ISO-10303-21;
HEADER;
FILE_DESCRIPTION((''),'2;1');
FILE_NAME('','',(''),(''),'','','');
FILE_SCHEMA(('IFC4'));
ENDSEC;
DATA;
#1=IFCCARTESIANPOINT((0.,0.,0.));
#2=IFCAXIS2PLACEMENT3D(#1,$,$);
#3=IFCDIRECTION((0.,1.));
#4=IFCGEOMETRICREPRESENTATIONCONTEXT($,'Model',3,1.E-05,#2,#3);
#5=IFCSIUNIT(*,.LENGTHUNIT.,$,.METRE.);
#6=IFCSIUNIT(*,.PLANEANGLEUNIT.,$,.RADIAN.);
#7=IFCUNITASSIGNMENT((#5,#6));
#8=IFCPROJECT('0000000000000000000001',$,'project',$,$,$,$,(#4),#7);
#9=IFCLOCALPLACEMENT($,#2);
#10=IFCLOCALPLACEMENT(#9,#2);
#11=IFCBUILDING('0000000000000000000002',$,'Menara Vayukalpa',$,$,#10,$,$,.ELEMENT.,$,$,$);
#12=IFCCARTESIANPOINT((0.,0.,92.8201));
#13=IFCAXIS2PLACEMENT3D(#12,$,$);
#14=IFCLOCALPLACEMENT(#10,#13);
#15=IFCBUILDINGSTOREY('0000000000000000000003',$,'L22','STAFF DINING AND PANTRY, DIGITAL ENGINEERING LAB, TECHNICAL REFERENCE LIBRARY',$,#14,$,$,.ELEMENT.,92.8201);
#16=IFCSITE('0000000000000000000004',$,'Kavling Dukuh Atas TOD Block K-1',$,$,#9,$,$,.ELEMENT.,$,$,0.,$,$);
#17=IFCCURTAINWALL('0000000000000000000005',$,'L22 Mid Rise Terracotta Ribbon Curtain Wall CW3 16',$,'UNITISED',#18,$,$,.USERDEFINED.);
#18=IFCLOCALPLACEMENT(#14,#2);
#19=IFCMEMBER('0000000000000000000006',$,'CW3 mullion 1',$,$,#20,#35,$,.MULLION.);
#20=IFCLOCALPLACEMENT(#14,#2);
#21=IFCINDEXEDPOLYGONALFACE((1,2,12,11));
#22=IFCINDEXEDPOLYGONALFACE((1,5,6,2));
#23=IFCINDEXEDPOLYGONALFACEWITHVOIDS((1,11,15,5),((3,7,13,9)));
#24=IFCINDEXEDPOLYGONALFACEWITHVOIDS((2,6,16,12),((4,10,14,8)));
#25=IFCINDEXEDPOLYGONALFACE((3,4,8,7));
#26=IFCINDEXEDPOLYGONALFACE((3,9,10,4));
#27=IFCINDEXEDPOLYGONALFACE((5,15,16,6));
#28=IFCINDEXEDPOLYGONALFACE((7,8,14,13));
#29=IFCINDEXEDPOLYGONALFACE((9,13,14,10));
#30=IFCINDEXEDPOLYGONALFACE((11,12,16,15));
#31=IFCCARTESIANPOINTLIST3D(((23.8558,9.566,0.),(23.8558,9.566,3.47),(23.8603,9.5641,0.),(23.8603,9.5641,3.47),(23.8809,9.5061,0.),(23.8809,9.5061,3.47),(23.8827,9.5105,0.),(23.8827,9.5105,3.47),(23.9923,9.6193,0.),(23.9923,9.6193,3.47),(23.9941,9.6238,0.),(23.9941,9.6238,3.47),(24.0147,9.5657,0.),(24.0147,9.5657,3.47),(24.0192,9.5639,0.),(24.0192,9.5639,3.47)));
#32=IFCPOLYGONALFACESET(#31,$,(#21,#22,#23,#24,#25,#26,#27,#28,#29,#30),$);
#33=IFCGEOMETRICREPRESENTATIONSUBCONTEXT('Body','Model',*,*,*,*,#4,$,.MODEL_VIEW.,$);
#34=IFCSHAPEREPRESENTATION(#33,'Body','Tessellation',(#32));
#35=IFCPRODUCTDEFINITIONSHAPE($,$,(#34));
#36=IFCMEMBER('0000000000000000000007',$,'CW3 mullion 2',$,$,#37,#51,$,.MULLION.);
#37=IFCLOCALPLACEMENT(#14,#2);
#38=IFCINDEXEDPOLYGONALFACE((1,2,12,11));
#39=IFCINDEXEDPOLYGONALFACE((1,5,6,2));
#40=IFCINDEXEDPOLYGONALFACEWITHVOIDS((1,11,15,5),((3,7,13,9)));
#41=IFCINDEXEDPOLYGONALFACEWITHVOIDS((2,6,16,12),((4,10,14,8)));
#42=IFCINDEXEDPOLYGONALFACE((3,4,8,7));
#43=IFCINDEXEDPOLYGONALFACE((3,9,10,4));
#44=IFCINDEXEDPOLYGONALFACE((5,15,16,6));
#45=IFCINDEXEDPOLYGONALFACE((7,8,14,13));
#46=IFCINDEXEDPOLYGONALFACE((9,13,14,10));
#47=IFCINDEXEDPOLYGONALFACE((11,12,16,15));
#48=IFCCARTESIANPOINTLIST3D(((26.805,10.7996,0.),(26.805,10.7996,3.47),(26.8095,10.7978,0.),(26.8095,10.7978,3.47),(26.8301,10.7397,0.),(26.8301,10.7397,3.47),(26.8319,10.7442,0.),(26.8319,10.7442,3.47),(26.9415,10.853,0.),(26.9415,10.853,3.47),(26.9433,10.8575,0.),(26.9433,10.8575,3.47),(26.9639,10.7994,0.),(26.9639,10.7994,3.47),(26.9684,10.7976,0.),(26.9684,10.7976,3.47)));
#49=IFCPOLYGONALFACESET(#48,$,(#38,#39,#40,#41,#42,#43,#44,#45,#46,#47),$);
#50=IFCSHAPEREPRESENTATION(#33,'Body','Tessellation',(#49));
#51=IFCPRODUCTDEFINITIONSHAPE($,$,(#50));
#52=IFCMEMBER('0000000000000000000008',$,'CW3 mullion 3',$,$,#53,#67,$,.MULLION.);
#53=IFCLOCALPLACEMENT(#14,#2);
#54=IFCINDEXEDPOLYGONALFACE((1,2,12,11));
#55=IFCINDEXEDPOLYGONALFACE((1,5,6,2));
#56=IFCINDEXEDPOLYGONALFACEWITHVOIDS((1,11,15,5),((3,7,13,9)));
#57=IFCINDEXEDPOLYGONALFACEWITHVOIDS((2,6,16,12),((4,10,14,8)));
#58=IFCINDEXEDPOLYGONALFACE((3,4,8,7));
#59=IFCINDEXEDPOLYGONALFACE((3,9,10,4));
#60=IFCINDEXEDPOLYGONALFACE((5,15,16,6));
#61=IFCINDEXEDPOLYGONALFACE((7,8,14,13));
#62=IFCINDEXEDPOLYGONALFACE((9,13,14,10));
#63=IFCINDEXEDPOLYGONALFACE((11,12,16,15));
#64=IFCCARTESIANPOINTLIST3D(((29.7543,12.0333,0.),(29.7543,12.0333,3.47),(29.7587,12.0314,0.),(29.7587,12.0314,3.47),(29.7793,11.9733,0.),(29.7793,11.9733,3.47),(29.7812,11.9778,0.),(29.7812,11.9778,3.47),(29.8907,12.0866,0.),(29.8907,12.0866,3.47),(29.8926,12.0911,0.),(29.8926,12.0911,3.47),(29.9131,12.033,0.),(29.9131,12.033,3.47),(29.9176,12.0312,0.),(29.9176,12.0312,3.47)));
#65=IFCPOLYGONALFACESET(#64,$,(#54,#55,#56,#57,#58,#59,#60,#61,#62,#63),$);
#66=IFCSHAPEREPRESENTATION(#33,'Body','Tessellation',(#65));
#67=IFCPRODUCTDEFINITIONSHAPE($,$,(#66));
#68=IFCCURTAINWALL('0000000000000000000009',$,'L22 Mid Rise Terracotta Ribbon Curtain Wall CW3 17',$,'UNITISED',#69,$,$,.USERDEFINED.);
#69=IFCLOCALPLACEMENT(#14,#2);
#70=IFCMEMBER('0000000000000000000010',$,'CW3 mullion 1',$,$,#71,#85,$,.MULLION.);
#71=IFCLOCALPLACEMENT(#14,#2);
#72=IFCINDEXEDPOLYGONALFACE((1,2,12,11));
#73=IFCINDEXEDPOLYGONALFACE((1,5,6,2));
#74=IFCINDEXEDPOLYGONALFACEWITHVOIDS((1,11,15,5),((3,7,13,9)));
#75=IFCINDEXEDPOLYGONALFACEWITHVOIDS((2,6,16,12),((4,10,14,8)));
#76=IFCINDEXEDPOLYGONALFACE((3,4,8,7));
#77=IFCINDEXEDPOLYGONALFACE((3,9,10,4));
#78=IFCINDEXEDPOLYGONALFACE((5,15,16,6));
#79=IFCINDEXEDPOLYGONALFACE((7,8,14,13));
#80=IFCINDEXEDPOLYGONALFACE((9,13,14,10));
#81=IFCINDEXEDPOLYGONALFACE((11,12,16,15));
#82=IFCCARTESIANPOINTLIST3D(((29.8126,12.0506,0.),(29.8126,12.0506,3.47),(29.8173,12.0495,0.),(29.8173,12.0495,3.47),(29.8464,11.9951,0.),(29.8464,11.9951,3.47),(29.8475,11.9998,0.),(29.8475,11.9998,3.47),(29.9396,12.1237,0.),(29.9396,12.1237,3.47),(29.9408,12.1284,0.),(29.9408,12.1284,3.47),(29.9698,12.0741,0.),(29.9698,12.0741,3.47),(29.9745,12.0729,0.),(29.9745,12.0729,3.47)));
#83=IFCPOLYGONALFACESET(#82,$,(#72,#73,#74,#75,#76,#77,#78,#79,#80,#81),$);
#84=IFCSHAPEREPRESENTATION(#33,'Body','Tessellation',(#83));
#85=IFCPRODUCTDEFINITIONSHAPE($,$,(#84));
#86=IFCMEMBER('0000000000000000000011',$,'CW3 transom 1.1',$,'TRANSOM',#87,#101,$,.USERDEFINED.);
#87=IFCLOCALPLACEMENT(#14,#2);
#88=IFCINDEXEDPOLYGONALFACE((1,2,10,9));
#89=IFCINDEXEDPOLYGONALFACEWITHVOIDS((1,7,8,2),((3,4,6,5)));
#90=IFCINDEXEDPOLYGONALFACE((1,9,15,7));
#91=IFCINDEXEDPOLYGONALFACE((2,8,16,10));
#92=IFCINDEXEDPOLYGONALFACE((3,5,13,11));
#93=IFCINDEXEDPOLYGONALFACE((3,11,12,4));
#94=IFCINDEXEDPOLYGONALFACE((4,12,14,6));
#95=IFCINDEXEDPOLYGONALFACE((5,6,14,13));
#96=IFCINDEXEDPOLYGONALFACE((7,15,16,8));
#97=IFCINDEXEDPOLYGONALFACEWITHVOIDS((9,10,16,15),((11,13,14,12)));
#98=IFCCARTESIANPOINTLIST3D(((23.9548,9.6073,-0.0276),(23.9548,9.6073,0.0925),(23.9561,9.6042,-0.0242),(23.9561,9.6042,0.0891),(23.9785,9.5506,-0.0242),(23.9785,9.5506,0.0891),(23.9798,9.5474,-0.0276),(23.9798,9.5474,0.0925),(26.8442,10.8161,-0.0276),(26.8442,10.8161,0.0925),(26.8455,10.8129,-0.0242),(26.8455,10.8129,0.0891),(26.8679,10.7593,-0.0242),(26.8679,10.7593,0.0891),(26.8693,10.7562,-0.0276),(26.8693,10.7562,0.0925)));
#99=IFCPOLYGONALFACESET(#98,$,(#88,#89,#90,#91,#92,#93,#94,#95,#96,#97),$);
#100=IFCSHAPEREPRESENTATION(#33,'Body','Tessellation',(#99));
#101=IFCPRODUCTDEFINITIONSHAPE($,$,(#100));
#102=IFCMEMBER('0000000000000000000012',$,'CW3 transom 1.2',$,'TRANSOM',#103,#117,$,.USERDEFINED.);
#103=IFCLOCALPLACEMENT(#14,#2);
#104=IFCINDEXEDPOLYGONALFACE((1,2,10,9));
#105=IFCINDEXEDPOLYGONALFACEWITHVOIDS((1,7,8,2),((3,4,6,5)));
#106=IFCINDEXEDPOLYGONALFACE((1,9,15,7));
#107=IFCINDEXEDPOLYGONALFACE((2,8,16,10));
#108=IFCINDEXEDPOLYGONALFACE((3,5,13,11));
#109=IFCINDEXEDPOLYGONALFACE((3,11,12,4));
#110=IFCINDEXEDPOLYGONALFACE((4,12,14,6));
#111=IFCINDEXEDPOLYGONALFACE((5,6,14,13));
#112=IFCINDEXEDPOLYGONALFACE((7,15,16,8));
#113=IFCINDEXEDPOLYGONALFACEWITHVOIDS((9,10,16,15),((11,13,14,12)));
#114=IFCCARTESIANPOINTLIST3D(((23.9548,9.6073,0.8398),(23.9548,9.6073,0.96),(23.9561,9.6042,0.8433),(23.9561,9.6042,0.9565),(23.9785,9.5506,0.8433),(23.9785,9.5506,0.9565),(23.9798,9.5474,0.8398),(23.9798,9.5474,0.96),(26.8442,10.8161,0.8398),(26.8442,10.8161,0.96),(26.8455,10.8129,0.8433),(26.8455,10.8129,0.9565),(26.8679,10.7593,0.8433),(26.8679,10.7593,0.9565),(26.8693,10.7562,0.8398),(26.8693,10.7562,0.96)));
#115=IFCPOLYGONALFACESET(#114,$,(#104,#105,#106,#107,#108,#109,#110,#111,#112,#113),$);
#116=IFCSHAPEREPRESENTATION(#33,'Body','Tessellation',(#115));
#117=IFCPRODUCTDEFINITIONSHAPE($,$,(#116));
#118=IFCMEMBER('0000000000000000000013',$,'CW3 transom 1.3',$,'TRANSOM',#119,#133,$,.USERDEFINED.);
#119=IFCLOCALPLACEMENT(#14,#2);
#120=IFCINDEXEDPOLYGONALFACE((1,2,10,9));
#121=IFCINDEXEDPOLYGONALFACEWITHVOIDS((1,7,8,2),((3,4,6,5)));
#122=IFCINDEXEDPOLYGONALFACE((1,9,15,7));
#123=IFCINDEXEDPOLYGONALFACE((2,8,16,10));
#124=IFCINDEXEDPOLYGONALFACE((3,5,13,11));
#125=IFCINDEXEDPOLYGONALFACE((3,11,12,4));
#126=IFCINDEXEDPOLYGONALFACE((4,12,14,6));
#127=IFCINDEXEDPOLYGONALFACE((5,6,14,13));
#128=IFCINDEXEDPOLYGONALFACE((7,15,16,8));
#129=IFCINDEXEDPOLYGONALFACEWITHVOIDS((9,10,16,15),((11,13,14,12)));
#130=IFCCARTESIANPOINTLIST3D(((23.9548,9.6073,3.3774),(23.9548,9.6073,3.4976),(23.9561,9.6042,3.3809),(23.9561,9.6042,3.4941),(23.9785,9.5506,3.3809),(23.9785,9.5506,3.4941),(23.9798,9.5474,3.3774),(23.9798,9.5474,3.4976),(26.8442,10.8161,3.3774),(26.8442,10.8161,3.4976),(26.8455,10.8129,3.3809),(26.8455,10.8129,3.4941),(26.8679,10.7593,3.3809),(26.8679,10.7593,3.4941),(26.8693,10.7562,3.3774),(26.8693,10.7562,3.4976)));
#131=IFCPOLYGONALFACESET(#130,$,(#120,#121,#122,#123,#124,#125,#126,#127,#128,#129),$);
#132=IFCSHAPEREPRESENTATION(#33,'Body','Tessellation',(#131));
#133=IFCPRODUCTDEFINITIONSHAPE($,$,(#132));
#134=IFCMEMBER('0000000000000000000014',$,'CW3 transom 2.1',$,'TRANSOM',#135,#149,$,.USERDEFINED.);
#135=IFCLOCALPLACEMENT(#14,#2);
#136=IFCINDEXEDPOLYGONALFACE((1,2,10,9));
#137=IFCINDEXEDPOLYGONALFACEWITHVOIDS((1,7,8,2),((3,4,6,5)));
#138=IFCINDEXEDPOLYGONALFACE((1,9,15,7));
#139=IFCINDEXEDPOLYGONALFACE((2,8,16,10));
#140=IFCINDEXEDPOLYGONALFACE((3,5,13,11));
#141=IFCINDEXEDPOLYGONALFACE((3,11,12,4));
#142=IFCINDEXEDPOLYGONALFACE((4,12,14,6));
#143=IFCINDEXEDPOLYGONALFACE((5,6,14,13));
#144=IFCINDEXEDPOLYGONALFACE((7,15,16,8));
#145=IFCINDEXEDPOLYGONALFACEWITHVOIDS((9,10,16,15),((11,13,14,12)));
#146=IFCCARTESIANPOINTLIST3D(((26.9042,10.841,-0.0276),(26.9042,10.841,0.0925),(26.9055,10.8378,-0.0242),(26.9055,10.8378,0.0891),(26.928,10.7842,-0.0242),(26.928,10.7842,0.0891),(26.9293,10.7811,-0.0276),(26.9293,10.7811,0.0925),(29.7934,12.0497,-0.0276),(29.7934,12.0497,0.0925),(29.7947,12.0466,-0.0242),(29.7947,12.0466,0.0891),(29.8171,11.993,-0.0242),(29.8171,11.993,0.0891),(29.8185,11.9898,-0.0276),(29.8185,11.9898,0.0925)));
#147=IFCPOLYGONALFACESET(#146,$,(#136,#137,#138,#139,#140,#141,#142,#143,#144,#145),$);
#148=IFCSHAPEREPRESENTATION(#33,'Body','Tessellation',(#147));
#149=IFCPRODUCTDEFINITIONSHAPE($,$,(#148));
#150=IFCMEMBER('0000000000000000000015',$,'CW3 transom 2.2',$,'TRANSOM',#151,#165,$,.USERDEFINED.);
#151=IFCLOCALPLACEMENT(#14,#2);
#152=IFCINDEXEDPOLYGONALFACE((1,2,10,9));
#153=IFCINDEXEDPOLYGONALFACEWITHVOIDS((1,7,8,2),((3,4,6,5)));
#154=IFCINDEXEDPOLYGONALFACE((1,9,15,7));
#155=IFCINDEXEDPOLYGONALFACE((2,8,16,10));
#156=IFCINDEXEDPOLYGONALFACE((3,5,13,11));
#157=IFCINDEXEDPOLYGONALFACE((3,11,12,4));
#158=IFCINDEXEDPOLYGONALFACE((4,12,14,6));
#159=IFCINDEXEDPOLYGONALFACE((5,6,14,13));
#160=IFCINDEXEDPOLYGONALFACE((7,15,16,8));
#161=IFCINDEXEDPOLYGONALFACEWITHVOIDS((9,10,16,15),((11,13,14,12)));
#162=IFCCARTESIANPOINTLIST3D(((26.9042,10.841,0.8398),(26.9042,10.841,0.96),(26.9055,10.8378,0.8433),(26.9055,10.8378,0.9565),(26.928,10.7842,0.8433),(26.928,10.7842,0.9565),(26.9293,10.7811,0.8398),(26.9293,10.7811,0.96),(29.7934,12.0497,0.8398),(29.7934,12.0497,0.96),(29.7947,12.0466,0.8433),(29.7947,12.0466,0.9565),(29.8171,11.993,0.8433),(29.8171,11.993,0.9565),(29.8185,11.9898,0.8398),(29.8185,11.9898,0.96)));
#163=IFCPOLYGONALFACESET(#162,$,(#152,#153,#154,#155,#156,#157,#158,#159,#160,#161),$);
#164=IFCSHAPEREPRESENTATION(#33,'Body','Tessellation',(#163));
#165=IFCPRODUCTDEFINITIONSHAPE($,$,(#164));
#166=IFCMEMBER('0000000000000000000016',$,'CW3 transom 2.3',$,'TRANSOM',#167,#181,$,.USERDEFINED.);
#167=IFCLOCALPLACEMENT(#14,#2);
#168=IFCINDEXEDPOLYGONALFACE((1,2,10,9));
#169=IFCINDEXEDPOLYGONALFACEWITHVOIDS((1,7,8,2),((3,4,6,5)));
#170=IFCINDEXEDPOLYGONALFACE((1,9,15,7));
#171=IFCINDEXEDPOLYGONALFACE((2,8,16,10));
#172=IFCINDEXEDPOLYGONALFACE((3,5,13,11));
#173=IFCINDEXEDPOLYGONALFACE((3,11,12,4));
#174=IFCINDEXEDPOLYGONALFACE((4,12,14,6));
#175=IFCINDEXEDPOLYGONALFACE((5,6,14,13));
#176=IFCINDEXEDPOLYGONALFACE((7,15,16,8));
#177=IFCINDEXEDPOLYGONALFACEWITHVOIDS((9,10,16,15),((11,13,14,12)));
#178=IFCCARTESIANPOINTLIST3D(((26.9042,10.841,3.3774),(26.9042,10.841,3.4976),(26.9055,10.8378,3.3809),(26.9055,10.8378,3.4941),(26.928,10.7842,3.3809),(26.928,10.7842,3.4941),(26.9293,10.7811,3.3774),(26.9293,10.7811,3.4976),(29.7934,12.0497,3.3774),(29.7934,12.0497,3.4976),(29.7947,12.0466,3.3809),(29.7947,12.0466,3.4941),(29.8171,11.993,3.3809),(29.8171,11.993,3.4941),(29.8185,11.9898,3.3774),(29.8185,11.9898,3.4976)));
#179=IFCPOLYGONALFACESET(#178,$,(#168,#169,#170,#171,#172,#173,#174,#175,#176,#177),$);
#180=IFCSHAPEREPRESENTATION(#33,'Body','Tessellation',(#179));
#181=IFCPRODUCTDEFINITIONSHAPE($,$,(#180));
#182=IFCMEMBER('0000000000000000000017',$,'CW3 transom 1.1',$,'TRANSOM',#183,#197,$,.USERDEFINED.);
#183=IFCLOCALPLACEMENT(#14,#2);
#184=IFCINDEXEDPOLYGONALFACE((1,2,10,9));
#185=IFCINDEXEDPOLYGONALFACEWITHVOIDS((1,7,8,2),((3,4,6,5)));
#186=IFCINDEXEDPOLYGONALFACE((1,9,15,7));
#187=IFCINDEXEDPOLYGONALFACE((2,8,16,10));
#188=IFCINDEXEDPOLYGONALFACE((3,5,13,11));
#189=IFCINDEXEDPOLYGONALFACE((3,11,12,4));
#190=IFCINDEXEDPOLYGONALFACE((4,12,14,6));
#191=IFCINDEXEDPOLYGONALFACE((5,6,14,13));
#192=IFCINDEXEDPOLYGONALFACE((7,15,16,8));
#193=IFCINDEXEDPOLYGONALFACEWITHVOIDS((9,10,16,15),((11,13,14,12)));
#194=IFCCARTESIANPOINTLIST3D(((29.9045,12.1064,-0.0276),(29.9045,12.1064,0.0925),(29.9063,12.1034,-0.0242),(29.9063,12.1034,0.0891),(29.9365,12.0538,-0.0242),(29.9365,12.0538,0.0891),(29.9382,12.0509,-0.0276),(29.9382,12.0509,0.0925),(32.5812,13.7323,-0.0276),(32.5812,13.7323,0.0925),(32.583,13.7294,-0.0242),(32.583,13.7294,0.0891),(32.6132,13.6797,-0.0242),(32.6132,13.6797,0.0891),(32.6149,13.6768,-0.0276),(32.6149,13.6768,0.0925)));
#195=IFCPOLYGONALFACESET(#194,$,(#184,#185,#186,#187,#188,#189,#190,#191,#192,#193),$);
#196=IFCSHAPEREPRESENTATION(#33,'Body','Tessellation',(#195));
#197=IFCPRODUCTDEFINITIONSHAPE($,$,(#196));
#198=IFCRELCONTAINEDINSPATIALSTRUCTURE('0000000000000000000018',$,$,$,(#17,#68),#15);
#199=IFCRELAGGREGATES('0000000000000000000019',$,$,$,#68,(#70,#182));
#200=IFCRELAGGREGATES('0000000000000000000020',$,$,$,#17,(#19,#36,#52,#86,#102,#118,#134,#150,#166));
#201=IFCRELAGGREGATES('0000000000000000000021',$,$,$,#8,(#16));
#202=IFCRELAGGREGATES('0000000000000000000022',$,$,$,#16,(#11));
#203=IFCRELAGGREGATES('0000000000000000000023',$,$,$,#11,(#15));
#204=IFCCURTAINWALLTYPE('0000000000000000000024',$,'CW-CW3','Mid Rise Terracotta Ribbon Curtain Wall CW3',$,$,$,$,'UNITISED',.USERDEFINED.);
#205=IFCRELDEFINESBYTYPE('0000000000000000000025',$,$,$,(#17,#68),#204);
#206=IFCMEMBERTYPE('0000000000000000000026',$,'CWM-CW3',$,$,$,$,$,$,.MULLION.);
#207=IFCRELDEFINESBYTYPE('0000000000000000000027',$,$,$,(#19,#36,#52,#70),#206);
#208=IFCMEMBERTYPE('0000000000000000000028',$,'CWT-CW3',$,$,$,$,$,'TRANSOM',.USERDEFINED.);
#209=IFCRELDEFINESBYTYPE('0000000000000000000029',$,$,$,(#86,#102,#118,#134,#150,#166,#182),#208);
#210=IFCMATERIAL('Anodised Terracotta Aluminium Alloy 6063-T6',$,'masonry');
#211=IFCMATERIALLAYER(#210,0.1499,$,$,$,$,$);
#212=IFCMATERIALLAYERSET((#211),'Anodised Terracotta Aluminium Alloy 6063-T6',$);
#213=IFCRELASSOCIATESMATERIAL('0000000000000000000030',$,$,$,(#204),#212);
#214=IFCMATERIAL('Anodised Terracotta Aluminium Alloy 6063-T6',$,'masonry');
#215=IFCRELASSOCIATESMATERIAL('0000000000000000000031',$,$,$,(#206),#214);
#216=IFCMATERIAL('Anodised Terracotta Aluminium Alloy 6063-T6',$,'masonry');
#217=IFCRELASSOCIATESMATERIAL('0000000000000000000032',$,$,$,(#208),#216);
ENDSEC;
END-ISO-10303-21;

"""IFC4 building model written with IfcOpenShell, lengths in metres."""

from ifc_helpers import new_model, si_unit, direction, frame, origin, origin_2d, place, context, subcontext, project, spatial, hollow_rectangle, extrude, material, layer, layer_set, material_profile, profile_set, type_object, element, aggregate, save


model = new_model("IFC4")

# Units and contexts
model_context = context("Model", 3, precision=1e-05, world=origin(), true_north=direction((0.0, 1.0)))
body_context = subcontext(model_context, "Body", "Model", "MODEL_VIEW")
ifc_project = project(units=[si_unit("LENGTHUNIT", "METRE"), si_unit("PLANEANGLEUNIT", "RADIAN")], contexts=[model_context])

# Site, building, storey
site_placement = place(None, origin())
site = spatial("IfcSite", under=ifc_project, at=site_placement, Name="Kavling Dukuh Atas TOD Block K-1", CompositionType="ELEMENT", RefElevation=0.0)
building_placement = place(site_placement, origin())
building = spatial("IfcBuilding", under=site, at=building_placement, Name="Menara Vayukalpa", CompositionType="ELEMENT")
storey_placement = place(building_placement, frame((0.0, 0.0, 92.8201)))
storey = spatial("IfcBuildingStorey", under=building, at=storey_placement, Name="L22", Description="STAFF DINING AND PANTRY, DIGITAL ENGINEERING LAB, TECHNICAL REFERENCE LIBRARY", CompositionType="ELEMENT", Elevation=92.8201)

# Curtain wall, members
ifc_material_1 = material(Name="Anodised Terracotta Aluminium Alloy 6063-T6", Category="masonry")
ifc_layer_1 = layer(ifc_material_1, 0.1499)
ifc_layer_set_1 = layer_set([ifc_layer_1], Name="Anodised Terracotta Aluminium Alloy 6063-T6")
curtain_wall_type = type_object("IfcCurtainWallType", Name="CW-CW3", Description="Mid Rise Terracotta Ribbon Curtain Wall CW3", ElementType="UNITISED", PredefinedType="USERDEFINED", material=ifc_layer_set_1)
curtain_wall_1_placement = place(storey_placement, origin())
curtain_wall_1 = element("IfcCurtainWall", 1, at=curtain_wall_1_placement, inside=storey, type_object=curtain_wall_type, Name="L22 Mid Rise Terracotta Ribbon Curtain Wall CW3 16", ObjectType="UNITISED", PredefinedType="USERDEFINED")
ifc_material_2 = material(Name="Anodised Terracotta Aluminium Alloy 6063-T6", Category="masonry")
ifc_material_profile_1 = material_profile(ifc_material_2, hollow_rectangle(XDim=0.0649, YDim=0.1499, WallThickness=0.0034, at=origin_2d()), Name="ALU 65x150x3.5")
ifc_profile_set_1 = profile_set([ifc_material_profile_1], Name="Anodised Terracotta Aluminium Alloy 6063-T6")
member_type_1 = type_object("IfcMemberType", Name="CWM-CW3", PredefinedType="MULLION", material=ifc_profile_set_1)
member_1_placement = place(storey_placement, frame((23.9375, 9.5649, 0.0), z_axis=(0.0, 0.0, 1.0), x_axis=(-0.385894, 0.922543, 0.0)))
member_1 = element("IfcMember", 2, at=member_1_placement, type_object=member_type_1, Name="CW3 mullion 1", PredefinedType="MULLION", context=body_context, shape_type="SweptSolid", body=[
    extrude(hollow_rectangle(XDim=0.0649, YDim=0.1499, WallThickness=0.0034, at=origin_2d()), origin(), (0.0, 0.0, 1.0), 3.47),
])
member_2_placement = place(storey_placement, frame((26.8867, 10.7986, 0.0), z_axis=(0.0, 0.0, 1.0), x_axis=(-0.385894, 0.922543, 0.0)))
member_2 = element("IfcMember", 3, at=member_2_placement, type_object=member_type_1, Name="CW3 mullion 2", PredefinedType="MULLION", context=body_context, shape_type="SweptSolid", body=[
    extrude(hollow_rectangle(XDim=0.0649, YDim=0.1499, WallThickness=0.0034, at=origin_2d()), origin(), (0.0, 0.0, 1.0), 3.47),
])
member_3_placement = place(storey_placement, frame((29.8359, 12.0322, 0.0), z_axis=(0.0, 0.0, 1.0), x_axis=(-0.385894, 0.922543, 0.0)))
member_3 = element("IfcMember", 4, at=member_3_placement, type_object=member_type_1, Name="CW3 mullion 3", PredefinedType="MULLION", context=body_context, shape_type="SweptSolid", body=[
    extrude(hollow_rectangle(XDim=0.0649, YDim=0.1499, WallThickness=0.0034, at=origin_2d()), origin(), (0.0, 0.0, 1.0), 3.47),
])

# Curtain wall, member
curtain_wall_2_placement = place(storey_placement, origin())
curtain_wall_2 = element("IfcCurtainWall", 5, at=curtain_wall_2_placement, inside=storey, type_object=curtain_wall_type, Name="L22 Mid Rise Terracotta Ribbon Curtain Wall CW3 17", ObjectType="UNITISED", PredefinedType="USERDEFINED")
member_4_placement = place(storey_placement, frame((29.8936, 12.0618, 0.0), z_axis=(0.0, 0.0, 1.0), x_axis=(-0.519183, 0.854663, 0.0)))
member_4 = element("IfcMember", 6, at=member_4_placement, type_object=member_type_1, Name="CW3 mullion 1", PredefinedType="MULLION", context=body_context, shape_type="SweptSolid", body=[
    extrude(hollow_rectangle(XDim=0.0649, YDim=0.1499, WallThickness=0.0034, at=origin_2d()), origin(), (0.0, 0.0, 1.0), 3.47),
])

# Members
ifc_material_3 = material(Name="Anodised Terracotta Aluminium Alloy 6063-T6", Category="masonry")
ifc_material_profile_2 = material_profile(ifc_material_3, hollow_rectangle(XDim=0.0649, YDim=0.1201, WallThickness=0.0034, at=origin_2d()), Name="ALU 65x120x3.5")
ifc_profile_set_2 = profile_set([ifc_material_profile_2], Name="Anodised Terracotta Aluminium Alloy 6063-T6")
member_type_2 = type_object("IfcMemberType", Name="CWT-CW3", ElementType="TRANSOM", PredefinedType="USERDEFINED", material=ifc_profile_set_2)
member_5_placement = place(storey_placement, frame((23.9673, 9.5774, 0.0325), z_axis=(0.922529, 0.385927, 0.0), x_axis=(-0.385927, 0.922529, 0.0)))
member_5 = element("IfcMember", 7, at=member_5_placement, type_object=member_type_2, Name="CW3 transom 1.1", ObjectType="TRANSOM", PredefinedType="USERDEFINED", context=body_context, shape_type="SweptSolid", body=[
    extrude(hollow_rectangle(XDim=0.0649, YDim=0.1201, WallThickness=0.0034, at=origin_2d()), origin(), (0.0, 0.0, 1.0), 3.1321),
])
member_6_placement = place(storey_placement, frame((23.9673, 9.5774, 0.8999), z_axis=(0.922529, 0.385927, 0.0), x_axis=(-0.385927, 0.922529, 0.0)))
member_6 = element("IfcMember", 8, at=member_6_placement, type_object=member_type_2, Name="CW3 transom 1.2", ObjectType="TRANSOM", PredefinedType="USERDEFINED", context=body_context, shape_type="SweptSolid", body=[
    extrude(hollow_rectangle(XDim=0.0649, YDim=0.1201, WallThickness=0.0034, at=origin_2d()), origin(), (0.0, 0.0, 1.0), 3.1321),
])
member_7_placement = place(storey_placement, frame((23.9673, 9.5774, 3.4375), z_axis=(0.922529, 0.385927, 0.0), x_axis=(-0.385927, 0.922529, 0.0)))
member_7 = element("IfcMember", 9, at=member_7_placement, type_object=member_type_2, Name="CW3 transom 1.3", ObjectType="TRANSOM", PredefinedType="USERDEFINED", context=body_context, shape_type="SweptSolid", body=[
    extrude(hollow_rectangle(XDim=0.0649, YDim=0.1201, WallThickness=0.0034, at=origin_2d()), origin(), (0.0, 0.0, 1.0), 3.1321),
])
member_8_placement = place(storey_placement, frame((26.9167, 10.811, 0.0325), z_axis=(0.922518, 0.385955, 0.0), x_axis=(-0.385955, 0.922518, 0.0)))
member_8 = element("IfcMember", 10, at=member_8_placement, type_object=member_type_2, Name="CW3 transom 2.1", ObjectType="TRANSOM", PredefinedType="USERDEFINED", context=body_context, shape_type="SweptSolid", body=[
    extrude(hollow_rectangle(XDim=0.0649, YDim=0.1201, WallThickness=0.0034, at=origin_2d()), origin(), (0.0, 0.0, 1.0), 3.1318),
])
member_9_placement = place(storey_placement, frame((26.9167, 10.811, 0.8999), z_axis=(0.922518, 0.385955, 0.0), x_axis=(-0.385955, 0.922518, 0.0)))
member_9 = element("IfcMember", 11, at=member_9_placement, type_object=member_type_2, Name="CW3 transom 2.2", ObjectType="TRANSOM", PredefinedType="USERDEFINED", context=body_context, shape_type="SweptSolid", body=[
    extrude(hollow_rectangle(XDim=0.0649, YDim=0.1201, WallThickness=0.0034, at=origin_2d()), origin(), (0.0, 0.0, 1.0), 3.1318),
])
member_10_placement = place(storey_placement, frame((26.9167, 10.811, 3.4375), z_axis=(0.922518, 0.385955, 0.0), x_axis=(-0.385955, 0.922518, 0.0)))
member_10 = element("IfcMember", 12, at=member_10_placement, type_object=member_type_2, Name="CW3 transom 2.3", ObjectType="TRANSOM", PredefinedType="USERDEFINED", context=body_context, shape_type="SweptSolid", body=[
    extrude(hollow_rectangle(XDim=0.0649, YDim=0.1201, WallThickness=0.0034, at=origin_2d()), origin(), (0.0, 0.0, 1.0), 3.1318),
])
member_11_placement = place(storey_placement, frame((29.9214, 12.0786, 0.0325), z_axis=(0.854674, 0.519165, 0.0), x_axis=(-0.519165, 0.854674, 0.0)))
member_11 = element("IfcMember", 13, at=member_11_placement, type_object=member_type_2, Name="CW3 transom 1.1", ObjectType="TRANSOM", PredefinedType="USERDEFINED", context=body_context, shape_type="SweptSolid", body=[
    extrude(hollow_rectangle(XDim=0.0649, YDim=0.1201, WallThickness=0.0034, at=origin_2d()), origin(), (0.0, 0.0, 1.0), 3.1318),
])
aggregate(curtain_wall_2, [member_4, member_11])

aggregate(curtain_wall_1, [member_1, member_2, member_3, member_5, member_6, member_7, member_8, member_9, member_10])

save(model, "model.ifc")
